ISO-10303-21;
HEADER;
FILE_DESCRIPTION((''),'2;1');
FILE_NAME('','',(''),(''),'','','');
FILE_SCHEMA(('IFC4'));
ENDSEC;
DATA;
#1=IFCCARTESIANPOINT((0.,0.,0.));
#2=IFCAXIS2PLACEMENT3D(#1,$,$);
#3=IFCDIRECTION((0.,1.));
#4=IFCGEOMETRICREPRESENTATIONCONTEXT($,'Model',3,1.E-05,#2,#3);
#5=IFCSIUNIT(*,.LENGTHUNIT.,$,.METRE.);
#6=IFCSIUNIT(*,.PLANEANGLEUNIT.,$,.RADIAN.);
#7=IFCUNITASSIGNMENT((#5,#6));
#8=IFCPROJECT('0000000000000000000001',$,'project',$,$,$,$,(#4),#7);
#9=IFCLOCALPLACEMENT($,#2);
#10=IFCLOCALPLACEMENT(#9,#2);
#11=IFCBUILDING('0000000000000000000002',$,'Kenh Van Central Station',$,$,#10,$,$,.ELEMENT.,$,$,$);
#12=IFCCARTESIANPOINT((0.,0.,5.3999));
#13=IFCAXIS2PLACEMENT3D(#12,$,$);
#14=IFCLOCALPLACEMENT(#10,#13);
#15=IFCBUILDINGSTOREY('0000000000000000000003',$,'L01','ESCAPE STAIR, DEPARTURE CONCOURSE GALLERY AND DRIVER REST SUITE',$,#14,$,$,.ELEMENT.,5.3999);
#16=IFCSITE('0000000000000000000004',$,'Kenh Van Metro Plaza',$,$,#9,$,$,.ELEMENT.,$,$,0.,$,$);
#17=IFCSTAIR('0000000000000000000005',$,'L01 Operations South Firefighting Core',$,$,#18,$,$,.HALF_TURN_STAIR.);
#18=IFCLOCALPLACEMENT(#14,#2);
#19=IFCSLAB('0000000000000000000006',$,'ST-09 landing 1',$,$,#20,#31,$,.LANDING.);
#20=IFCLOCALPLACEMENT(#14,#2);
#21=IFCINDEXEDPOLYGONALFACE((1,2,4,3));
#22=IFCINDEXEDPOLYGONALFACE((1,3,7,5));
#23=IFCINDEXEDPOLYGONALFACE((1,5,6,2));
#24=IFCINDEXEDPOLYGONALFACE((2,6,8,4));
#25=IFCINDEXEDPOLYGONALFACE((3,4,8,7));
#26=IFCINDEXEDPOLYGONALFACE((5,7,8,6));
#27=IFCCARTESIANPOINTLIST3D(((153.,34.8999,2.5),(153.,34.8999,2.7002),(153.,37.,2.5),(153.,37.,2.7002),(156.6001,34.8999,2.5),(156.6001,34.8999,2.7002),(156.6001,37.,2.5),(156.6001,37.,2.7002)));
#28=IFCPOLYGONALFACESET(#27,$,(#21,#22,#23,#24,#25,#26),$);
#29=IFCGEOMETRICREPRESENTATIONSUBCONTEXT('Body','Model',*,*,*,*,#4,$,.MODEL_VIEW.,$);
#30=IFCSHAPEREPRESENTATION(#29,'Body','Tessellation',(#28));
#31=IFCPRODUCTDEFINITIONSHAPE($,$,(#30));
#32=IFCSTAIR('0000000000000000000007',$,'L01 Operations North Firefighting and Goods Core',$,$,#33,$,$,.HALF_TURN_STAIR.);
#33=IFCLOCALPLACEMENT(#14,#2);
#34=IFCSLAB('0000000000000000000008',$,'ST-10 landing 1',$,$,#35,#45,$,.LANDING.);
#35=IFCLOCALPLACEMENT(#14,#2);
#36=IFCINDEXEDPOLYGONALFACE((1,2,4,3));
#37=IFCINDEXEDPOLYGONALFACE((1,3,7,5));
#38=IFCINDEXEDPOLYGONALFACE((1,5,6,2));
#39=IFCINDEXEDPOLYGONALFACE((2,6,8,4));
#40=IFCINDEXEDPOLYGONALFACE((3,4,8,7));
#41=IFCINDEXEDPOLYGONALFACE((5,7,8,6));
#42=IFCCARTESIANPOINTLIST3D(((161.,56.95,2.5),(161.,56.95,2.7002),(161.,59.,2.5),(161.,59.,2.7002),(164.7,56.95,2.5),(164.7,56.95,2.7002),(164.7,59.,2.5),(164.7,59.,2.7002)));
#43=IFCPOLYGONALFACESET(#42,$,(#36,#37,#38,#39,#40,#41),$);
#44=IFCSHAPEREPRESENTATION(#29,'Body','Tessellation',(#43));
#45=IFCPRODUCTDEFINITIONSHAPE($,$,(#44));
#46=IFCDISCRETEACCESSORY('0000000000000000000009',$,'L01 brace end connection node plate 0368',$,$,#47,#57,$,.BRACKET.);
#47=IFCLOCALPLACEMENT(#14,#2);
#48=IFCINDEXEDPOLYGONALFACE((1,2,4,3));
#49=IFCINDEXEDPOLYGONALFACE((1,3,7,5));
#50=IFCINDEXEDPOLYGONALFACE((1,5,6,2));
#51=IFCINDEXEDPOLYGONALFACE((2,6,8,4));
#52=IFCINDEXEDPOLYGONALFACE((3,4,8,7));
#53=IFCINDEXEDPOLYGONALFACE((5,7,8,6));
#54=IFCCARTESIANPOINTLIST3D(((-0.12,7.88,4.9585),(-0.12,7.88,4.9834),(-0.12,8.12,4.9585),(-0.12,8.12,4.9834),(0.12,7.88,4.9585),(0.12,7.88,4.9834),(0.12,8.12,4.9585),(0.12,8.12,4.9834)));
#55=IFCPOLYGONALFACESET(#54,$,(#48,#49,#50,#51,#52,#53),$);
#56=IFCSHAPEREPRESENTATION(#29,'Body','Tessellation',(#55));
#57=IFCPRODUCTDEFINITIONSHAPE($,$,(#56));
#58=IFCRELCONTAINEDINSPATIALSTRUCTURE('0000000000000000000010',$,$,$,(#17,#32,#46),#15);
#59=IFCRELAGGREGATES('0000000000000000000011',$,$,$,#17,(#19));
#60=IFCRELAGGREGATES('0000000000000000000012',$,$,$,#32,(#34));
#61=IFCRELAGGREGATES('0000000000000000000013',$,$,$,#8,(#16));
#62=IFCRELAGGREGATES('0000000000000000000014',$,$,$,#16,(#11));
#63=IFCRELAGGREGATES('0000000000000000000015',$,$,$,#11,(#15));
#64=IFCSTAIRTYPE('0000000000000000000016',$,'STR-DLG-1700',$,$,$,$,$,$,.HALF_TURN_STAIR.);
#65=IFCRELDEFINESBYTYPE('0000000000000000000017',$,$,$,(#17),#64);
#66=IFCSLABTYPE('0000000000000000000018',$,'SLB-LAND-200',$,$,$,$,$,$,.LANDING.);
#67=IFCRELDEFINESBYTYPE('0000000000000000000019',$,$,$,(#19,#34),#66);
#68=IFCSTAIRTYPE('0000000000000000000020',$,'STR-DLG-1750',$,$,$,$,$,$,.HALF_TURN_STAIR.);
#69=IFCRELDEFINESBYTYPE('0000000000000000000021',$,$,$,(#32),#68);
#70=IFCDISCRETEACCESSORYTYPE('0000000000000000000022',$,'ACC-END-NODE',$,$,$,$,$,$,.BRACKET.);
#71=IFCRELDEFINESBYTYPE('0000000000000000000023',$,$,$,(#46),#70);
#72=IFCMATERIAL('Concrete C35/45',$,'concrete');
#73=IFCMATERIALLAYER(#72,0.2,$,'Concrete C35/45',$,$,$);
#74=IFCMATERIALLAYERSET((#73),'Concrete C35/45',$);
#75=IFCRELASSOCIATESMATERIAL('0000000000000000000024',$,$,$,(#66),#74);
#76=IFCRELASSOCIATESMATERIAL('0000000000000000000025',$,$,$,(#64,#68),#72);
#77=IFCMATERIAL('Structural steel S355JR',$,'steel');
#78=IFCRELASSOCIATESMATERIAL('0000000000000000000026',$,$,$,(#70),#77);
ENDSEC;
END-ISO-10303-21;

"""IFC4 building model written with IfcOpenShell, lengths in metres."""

from ifc_helpers import new_model, si_unit, direction, frame, origin, origin_2d, place, context, subcontext, project, spatial, polyline, rectangle, outline, extrude, material, layer, layer_set, type_object, element, aggregate, save


model = new_model("IFC4")

# Units and contexts
model_context = context("Model", 3, precision=1e-05, world=origin(), true_north=direction((0.0, 1.0)))
body_context = subcontext(model_context, "Body", "Model", "MODEL_VIEW")
ifc_project = project(units=[si_unit("LENGTHUNIT", "METRE"), si_unit("PLANEANGLEUNIT", "RADIAN")], contexts=[model_context])

# Site, building, storey
site_placement = place(None, origin())
site = spatial("IfcSite", under=ifc_project, at=site_placement, Name="Kenh Van Metro Plaza", CompositionType="ELEMENT", RefElevation=0.0)
building_placement = place(site_placement, origin())
building = spatial("IfcBuilding", under=site, at=building_placement, Name="Kenh Van Central Station", CompositionType="ELEMENT")
storey_placement = place(building_placement, frame((0.0, 0.0, 5.3999)))
storey = spatial("IfcBuildingStorey", under=building, at=storey_placement, Name="L01", Description="ESCAPE STAIR, DEPARTURE CONCOURSE GALLERY AND DRIVER REST SUITE", CompositionType="ELEMENT", Elevation=5.3999)

# Shared definitions
ifc_material_1 = material(Name="Concrete C35/45", Category="concrete")

# Stairs, slabs
ifc_layer_1 = layer(ifc_material_1, 0.2, Name="Concrete C35/45")
ifc_layer_set_1 = layer_set([ifc_layer_1], Name="Concrete C35/45")
slab_type_1 = type_object("IfcSlabType", Name="SLB-LAND-200", PredefinedType="LANDING", material=ifc_layer_set_1)
stair_type_1 = type_object("IfcStairType", Name="STR-DLG-1700", PredefinedType="HALF_TURN_STAIR", material=ifc_material_1)
stair_1_placement = place(storey_placement, origin())
stair_1 = element("IfcStair", 1, at=stair_1_placement, inside=storey, type_object=stair_type_1, Name="L01 Operations South Firefighting Core", PredefinedType="HALF_TURN_STAIR")
slab_1_placement = place(storey_placement, frame((0.0, 0.0, 2.5)))
slab_1 = element("IfcSlab", 2, at=slab_1_placement, type_object=slab_type_1, Name="ST-09 landing 1", PredefinedType="LANDING", context=body_context, shape_type="SweptSolid", body=[
    extrude(outline(polyline([(156.6001, 34.8999), (156.6001, 37.0), (153.0, 37.0), (153.0, 34.8999), (156.6001, 34.8999)])), origin(), (0.0, 0.0, 1.0), 0.2002),
])
aggregate(stair_1, [slab_1])
stair_type_2 = type_object("IfcStairType", Name="STR-DLG-1750", PredefinedType="HALF_TURN_STAIR", material=ifc_material_1)
stair_2_placement = place(storey_placement, origin())
stair_2 = element("IfcStair", 3, at=stair_2_placement, inside=storey, type_object=stair_type_2, Name="L01 Operations North Firefighting and Goods Core", PredefinedType="HALF_TURN_STAIR")
slab_2_placement = place(storey_placement, frame((0.0, 0.0, 2.5)))
slab_2 = element("IfcSlab", 4, at=slab_2_placement, type_object=slab_type_1, Name="ST-10 landing 1", PredefinedType="LANDING", context=body_context, shape_type="SweptSolid", body=[
    extrude(outline(polyline([(164.7, 56.95), (164.7, 59.0), (161.0, 59.0), (161.0, 56.95), (164.7, 56.95)])), origin(), (0.0, 0.0, 1.0), 0.2002),
])
aggregate(stair_2, [slab_2])

# Discrete accessory
ifc_material_2 = material(Name="Structural steel S355JR", Category="steel")
discrete_accessory_type = type_object("IfcDiscreteAccessoryType", Name="ACC-END-NODE", PredefinedType="BRACKET", material=ifc_material_2)
discrete_accessory_placement = place(storey_placement, frame((0.0, 8.0, 4.9585), z_axis=(0.0, 0.0, 1.0), x_axis=(1.0, 0.0, 0.0)))
element("IfcDiscreteAccessory", 5, at=discrete_accessory_placement, inside=storey, type_object=discrete_accessory_type, Name="L01 brace end connection node plate 0368", PredefinedType="BRACKET", context=body_context, shape_type="SweptSolid", body=[
    extrude(rectangle(XDim=0.24, YDim=0.24, at=origin_2d()), origin(), (0.0, 0.0, 1.0), 0.0249),
])

save(model, "model.ifc")
